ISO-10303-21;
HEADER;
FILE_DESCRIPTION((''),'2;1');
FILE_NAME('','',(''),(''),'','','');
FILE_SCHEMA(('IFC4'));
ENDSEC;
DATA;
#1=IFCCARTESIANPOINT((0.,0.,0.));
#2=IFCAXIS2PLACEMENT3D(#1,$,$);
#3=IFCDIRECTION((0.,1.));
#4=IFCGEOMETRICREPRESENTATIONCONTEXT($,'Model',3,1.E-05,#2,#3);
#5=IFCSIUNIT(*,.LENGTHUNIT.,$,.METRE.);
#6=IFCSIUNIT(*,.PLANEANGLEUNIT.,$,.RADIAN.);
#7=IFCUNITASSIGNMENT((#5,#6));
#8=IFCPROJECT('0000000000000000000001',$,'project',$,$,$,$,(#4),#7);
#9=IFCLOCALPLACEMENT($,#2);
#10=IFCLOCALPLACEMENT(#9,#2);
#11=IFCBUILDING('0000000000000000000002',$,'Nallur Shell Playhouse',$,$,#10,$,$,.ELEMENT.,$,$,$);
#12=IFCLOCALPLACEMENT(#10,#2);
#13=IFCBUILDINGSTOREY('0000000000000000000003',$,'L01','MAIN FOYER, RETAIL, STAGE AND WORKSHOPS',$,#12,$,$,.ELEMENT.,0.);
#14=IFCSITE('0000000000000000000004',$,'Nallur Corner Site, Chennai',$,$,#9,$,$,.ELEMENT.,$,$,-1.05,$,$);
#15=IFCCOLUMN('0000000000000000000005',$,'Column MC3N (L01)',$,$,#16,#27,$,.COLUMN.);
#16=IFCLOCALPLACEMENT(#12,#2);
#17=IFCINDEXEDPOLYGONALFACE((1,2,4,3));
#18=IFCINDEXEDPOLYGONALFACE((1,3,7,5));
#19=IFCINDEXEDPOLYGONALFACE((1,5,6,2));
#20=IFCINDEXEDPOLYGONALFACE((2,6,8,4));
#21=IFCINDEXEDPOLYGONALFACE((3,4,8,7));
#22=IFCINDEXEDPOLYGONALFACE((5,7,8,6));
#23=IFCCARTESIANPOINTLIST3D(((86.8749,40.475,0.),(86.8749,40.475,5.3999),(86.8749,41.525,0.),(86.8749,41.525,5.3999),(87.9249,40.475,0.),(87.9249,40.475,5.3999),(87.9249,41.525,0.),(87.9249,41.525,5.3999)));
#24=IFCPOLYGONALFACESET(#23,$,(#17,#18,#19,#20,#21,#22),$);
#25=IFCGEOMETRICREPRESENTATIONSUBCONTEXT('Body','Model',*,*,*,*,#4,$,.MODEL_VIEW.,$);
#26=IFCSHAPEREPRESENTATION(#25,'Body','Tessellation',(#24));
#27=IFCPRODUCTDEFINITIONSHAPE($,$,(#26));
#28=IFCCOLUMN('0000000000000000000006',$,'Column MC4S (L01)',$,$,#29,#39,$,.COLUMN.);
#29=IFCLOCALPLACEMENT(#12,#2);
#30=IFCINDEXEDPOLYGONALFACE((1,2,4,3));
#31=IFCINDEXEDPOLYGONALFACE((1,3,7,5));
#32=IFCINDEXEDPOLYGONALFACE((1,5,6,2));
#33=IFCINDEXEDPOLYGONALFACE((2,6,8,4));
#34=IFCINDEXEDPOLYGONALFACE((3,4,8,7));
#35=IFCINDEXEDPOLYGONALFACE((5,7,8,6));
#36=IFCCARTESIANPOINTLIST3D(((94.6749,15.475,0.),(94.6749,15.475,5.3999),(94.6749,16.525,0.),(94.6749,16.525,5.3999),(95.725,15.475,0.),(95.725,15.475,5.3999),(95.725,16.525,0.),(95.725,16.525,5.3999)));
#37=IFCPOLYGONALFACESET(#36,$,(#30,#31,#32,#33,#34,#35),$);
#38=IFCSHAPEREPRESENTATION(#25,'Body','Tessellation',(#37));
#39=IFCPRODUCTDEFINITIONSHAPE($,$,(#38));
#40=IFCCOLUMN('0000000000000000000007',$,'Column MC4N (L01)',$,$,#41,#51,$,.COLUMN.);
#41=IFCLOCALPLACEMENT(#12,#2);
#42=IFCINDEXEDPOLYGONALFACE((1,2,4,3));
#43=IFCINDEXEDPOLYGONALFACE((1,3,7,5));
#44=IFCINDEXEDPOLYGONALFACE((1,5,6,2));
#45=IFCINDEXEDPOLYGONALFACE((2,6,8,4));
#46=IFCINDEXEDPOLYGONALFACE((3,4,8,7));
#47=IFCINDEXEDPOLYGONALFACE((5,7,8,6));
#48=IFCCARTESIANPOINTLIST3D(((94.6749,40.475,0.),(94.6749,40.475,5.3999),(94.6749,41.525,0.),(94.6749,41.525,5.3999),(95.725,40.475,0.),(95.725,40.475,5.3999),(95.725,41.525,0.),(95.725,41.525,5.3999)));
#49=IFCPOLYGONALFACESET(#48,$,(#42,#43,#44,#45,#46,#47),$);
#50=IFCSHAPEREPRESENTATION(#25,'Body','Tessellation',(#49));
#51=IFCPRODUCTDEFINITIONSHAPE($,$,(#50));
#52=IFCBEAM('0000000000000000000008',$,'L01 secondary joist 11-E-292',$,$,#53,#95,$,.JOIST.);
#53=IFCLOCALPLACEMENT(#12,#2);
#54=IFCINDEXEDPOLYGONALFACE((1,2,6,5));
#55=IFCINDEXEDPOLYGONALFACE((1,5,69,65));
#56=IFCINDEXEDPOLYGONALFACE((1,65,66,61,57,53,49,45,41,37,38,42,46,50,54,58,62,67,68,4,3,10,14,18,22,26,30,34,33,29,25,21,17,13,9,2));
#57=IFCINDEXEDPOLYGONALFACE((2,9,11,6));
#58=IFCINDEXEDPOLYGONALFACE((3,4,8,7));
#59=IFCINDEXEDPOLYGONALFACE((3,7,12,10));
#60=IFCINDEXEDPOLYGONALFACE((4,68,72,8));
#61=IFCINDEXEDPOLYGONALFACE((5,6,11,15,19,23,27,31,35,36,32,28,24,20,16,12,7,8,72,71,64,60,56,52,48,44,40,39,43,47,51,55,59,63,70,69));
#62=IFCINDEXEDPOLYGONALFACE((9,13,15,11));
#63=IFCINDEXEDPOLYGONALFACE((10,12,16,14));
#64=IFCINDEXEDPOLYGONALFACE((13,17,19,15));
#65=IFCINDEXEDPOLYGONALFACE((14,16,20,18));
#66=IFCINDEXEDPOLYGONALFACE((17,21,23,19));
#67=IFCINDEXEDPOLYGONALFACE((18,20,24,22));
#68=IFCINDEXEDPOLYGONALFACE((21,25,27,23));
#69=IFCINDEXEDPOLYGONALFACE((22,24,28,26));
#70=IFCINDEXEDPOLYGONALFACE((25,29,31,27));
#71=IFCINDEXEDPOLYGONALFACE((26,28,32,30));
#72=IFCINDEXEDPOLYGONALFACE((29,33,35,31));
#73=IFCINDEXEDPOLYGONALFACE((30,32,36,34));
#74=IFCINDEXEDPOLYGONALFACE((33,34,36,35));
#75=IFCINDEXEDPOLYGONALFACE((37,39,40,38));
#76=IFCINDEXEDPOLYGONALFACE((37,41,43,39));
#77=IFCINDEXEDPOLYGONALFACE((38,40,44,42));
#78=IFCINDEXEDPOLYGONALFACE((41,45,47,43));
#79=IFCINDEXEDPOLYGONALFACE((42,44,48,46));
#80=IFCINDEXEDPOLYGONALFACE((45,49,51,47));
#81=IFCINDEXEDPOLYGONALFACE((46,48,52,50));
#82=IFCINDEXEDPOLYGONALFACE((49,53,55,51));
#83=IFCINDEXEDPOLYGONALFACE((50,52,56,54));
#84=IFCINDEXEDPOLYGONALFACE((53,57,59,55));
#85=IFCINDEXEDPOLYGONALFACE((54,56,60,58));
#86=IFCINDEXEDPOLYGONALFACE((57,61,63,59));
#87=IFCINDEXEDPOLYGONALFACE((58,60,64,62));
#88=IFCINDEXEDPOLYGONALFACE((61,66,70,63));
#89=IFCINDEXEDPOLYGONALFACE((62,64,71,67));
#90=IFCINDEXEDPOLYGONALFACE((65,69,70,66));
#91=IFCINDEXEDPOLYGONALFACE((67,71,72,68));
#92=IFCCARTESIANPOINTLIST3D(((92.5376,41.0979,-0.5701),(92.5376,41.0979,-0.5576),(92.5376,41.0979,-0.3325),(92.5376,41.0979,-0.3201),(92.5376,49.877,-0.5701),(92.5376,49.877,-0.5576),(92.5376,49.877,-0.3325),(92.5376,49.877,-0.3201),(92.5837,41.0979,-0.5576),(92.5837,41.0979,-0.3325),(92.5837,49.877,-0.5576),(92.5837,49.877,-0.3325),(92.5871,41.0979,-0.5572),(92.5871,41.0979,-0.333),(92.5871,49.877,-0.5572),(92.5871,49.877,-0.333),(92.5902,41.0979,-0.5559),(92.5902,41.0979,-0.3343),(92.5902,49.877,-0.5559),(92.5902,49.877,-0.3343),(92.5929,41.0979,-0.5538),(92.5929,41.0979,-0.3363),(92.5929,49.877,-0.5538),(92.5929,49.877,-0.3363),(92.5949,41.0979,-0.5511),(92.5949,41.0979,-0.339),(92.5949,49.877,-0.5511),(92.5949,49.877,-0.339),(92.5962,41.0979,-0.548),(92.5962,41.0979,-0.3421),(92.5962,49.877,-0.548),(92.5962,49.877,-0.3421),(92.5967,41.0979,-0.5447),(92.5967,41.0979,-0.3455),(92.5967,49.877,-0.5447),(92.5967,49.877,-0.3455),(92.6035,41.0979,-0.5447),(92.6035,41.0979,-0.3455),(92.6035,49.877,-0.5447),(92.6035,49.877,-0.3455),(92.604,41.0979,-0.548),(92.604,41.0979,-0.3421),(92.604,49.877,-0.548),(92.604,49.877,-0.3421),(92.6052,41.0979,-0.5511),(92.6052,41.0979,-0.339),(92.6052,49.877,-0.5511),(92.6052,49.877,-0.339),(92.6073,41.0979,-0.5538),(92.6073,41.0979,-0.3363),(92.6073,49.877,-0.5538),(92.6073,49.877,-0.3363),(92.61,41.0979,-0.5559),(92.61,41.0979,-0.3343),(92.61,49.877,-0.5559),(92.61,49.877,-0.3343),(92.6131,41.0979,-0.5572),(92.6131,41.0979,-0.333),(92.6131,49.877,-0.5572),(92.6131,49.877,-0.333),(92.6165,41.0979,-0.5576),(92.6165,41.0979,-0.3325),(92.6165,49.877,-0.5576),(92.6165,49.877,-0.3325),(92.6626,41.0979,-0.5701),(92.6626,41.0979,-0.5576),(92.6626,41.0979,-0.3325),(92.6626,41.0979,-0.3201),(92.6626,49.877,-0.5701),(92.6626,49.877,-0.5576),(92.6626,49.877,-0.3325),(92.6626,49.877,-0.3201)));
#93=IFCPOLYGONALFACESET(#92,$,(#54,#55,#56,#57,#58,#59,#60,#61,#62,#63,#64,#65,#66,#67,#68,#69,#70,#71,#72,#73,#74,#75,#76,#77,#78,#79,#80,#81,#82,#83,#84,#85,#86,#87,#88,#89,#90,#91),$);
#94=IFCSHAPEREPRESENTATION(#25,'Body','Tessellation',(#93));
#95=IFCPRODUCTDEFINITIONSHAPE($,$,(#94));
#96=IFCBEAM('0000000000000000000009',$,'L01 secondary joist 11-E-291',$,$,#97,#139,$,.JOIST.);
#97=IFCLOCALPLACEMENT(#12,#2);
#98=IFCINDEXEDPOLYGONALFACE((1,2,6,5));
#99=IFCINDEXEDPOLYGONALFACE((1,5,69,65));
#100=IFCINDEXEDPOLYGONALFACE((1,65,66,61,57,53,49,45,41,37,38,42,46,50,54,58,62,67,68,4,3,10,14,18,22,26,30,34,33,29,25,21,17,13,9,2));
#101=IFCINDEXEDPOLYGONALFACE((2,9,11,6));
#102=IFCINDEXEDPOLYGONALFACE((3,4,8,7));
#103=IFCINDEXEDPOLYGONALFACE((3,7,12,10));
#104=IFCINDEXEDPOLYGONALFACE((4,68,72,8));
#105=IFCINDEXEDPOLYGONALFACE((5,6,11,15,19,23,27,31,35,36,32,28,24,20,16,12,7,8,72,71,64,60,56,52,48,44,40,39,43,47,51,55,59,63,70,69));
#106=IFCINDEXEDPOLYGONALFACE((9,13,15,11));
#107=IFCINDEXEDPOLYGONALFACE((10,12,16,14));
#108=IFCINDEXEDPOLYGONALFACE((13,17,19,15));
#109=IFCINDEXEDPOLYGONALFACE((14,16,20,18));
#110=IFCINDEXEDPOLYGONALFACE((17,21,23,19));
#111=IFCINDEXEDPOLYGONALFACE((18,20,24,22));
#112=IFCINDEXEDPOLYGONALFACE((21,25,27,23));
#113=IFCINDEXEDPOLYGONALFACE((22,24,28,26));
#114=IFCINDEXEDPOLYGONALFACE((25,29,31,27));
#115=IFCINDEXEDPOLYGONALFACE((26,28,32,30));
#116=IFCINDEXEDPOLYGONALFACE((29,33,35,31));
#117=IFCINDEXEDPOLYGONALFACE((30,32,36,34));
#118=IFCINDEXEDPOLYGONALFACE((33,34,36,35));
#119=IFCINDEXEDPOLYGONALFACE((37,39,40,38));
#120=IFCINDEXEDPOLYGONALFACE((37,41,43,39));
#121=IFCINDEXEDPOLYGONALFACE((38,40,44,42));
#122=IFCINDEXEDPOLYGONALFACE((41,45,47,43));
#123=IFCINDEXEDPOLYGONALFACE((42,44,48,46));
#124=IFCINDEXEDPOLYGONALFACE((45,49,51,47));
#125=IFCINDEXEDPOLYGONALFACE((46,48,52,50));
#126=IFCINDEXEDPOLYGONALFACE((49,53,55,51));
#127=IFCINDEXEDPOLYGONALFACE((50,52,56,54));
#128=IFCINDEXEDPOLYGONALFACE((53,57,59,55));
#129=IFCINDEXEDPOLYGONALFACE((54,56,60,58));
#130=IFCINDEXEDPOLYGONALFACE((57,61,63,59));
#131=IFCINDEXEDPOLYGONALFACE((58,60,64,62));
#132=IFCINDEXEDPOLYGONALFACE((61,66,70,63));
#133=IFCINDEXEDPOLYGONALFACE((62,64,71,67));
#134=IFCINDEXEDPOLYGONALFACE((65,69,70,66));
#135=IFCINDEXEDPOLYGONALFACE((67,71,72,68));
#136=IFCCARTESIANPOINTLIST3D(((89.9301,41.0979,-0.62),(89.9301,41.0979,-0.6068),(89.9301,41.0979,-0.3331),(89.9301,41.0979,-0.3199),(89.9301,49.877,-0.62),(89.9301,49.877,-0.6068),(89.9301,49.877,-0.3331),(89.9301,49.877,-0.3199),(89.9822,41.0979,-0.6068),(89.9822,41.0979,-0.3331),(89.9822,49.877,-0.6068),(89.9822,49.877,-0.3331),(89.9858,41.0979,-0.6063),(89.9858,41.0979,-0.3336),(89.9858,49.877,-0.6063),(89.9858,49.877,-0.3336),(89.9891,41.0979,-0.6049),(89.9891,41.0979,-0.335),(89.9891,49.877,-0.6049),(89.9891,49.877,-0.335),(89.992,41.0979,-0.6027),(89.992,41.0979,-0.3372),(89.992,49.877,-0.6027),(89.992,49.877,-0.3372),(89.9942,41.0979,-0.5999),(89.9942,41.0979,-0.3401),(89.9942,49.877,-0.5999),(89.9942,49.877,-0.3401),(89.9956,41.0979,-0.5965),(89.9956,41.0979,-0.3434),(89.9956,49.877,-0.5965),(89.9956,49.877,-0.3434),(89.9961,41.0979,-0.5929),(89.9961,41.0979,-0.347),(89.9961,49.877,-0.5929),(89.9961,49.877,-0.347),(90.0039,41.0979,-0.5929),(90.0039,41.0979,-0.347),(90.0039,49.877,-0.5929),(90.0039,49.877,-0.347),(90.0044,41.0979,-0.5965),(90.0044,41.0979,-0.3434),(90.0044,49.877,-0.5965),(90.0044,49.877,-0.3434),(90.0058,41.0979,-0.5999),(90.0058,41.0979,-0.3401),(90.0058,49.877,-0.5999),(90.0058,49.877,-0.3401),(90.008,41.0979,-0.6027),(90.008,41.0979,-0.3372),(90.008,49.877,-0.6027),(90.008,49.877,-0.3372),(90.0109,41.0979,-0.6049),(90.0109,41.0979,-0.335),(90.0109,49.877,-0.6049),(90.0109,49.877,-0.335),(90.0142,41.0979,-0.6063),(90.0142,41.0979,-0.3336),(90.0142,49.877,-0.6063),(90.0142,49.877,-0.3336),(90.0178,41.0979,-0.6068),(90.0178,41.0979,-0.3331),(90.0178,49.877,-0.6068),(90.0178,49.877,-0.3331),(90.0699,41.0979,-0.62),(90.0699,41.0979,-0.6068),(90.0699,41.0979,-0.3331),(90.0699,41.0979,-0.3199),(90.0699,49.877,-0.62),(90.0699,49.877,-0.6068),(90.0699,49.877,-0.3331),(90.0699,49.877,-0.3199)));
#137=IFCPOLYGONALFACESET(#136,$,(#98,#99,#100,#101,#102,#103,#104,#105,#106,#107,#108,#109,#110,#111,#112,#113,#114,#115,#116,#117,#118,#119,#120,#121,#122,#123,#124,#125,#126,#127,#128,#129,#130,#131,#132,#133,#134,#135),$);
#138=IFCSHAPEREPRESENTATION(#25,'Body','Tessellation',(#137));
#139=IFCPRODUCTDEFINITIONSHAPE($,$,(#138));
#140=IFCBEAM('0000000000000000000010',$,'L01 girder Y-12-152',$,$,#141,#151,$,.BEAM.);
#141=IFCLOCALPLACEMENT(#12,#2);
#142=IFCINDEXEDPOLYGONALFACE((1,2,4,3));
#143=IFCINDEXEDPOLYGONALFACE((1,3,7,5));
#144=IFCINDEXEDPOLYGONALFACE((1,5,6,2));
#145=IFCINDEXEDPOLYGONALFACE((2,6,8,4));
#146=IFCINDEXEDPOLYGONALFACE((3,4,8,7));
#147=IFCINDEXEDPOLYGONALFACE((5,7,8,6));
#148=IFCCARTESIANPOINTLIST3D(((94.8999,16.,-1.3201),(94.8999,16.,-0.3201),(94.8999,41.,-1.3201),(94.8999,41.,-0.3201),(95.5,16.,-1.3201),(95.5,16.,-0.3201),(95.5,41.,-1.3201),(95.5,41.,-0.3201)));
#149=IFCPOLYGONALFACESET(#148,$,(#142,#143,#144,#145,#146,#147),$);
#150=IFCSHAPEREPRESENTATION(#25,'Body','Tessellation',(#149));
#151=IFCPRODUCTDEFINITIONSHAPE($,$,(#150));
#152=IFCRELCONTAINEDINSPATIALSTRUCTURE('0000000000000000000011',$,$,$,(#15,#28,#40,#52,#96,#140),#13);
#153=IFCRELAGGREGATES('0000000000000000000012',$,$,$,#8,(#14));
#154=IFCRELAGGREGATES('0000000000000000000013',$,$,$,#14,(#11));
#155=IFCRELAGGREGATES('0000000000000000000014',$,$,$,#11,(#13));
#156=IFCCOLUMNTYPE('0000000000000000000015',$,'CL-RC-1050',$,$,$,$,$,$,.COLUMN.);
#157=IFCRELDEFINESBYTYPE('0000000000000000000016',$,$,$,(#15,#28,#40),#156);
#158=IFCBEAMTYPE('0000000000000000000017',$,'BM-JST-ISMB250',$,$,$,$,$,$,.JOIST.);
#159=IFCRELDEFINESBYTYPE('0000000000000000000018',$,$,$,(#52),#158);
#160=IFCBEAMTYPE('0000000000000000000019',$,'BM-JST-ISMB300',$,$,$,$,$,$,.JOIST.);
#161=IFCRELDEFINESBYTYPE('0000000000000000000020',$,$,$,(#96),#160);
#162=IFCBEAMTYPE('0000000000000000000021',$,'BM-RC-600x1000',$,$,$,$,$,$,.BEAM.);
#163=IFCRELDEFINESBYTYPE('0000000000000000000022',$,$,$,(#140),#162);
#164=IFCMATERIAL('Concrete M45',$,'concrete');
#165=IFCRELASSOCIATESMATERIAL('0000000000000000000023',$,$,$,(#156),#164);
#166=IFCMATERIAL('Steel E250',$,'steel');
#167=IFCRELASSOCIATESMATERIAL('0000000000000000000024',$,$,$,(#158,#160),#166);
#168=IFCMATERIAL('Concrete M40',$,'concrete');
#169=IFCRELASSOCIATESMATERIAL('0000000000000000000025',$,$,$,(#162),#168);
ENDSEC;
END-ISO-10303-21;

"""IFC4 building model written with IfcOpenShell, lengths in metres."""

from ifc_helpers import new_model, si_unit, direction, frame, origin, origin_2d, place, context, subcontext, project, spatial, rectangle, i_section, extrude, material, material_profile, profile_set, type_object, element, save


model = new_model("IFC4")

# Units and contexts
model_context = context("Model", 3, precision=1e-05, world=origin(), true_north=direction((0.0, 1.0)))
body_context = subcontext(model_context, "Body", "Model", "MODEL_VIEW")
ifc_project = project(units=[si_unit("LENGTHUNIT", "METRE"), si_unit("PLANEANGLEUNIT", "RADIAN")], contexts=[model_context])

# Site, building, storey
site_placement = place(None, origin())
site = spatial("IfcSite", under=ifc_project, at=site_placement, Name="Nallur Corner Site, Chennai", CompositionType="ELEMENT", RefElevation=-1.05)
building_placement = place(site_placement, origin())
building = spatial("IfcBuilding", under=site, at=building_placement, Name="Nallur Shell Playhouse", CompositionType="ELEMENT")
storey_placement = place(building_placement, origin())
storey = spatial("IfcBuildingStorey", under=building, at=storey_placement, Name="L01", Description="MAIN FOYER, RETAIL, STAGE AND WORKSHOPS", CompositionType="ELEMENT", Elevation=0.0)

# Columns
ifc_material_1 = material(Name="Concrete M45", Category="concrete")
ifc_material_profile_1 = material_profile(ifc_material_1, rectangle(XDim=1.05, YDim=1.05, at=origin_2d()), Name="RC 1050x1050")
ifc_profile_set_1 = profile_set([ifc_material_profile_1], Name="Concrete M45")
column_type = type_object("IfcColumnType", Name="CL-RC-1050", PredefinedType="COLUMN", material=ifc_profile_set_1)
for number, where, z_axis, x_axis, name in (
    (1, (87.3999, 41.0, 0.0), (0.0, 0.0, 1.0), (1.0, 0.0, 0.0), "Column MC3N (L01)"),
    (2, (95.2, 16.0, 0.0), (0.0, 0.0, 1.0), (1.0, 0.0, 0.0), "Column MC4S (L01)"),
    (3, (95.2, 41.0, 0.0), (0.0, 0.0, 1.0), (1.0, 0.0, 0.0), "Column MC4N (L01)"),
):
    element("IfcColumn", number, at=place(storey_placement, frame(where, z_axis=z_axis, x_axis=x_axis)), inside=storey, type_object=column_type, Name=name, PredefinedType="COLUMN", context=body_context, shape_type="SweptSolid", body=[
        extrude(rectangle(XDim=1.05, YDim=1.05, at=origin_2d()), origin(), (0.0, 0.0, 1.0), 5.3999),
    ])

# Beams
ifc_material_2 = material(Name="Steel E250", Category="steel")
ifc_material_profile_2 = material_profile(ifc_material_2, i_section(OverallWidth=0.125, OverallDepth=0.25, WebThickness=0.0068, FlangeThickness=0.0125, FilletRadius=0.0129, at=origin_2d()), Name="ISMB 250")
ifc_profile_set_2 = profile_set([ifc_material_profile_2], Name="Steel E250")
beam_type_1 = type_object("IfcBeamType", Name="BM-JST-ISMB250", PredefinedType="JOIST", material=ifc_profile_set_2)
beam_1_placement = place(storey_placement, frame((92.6001, 41.0979, -0.4451), z_axis=(0.0, 1.0, 0.0), x_axis=(-1.0, 0.0, 0.0)))
element("IfcBeam", 4, at=beam_1_placement, inside=storey, type_object=beam_type_1, Name="L01 secondary joist 11-E-292", PredefinedType="JOIST", context=body_context, shape_type="SweptSolid", body=[
    extrude(i_section(OverallWidth=0.125, OverallDepth=0.25, WebThickness=0.0068, FlangeThickness=0.0125, FilletRadius=0.0129, at=origin_2d()), origin(), (0.0, 0.0, 1.0), 8.7791),
])
ifc_material_profile_3 = material_profile(ifc_material_2, i_section(OverallWidth=0.1399, OverallDepth=0.3, WebThickness=0.0078, FlangeThickness=0.0132, FilletRadius=0.0139, at=origin_2d()), Name="ISMB 300")
ifc_profile_set_3 = profile_set([ifc_material_profile_3], Name="Steel E250")
beam_type_2 = type_object("IfcBeamType", Name="BM-JST-ISMB300", PredefinedType="JOIST", material=ifc_profile_set_3)
beam_2_placement = place(storey_placement, frame((90.0, 41.0979, -0.47), z_axis=(0.0, 1.0, 0.0), x_axis=(-1.0, 0.0, 0.0)))
element("IfcBeam", 5, at=beam_2_placement, inside=storey, type_object=beam_type_2, Name="L01 secondary joist 11-E-291", PredefinedType="JOIST", context=body_context, shape_type="SweptSolid", body=[
    extrude(i_section(OverallWidth=0.1399, OverallDepth=0.3, WebThickness=0.0078, FlangeThickness=0.0132, FilletRadius=0.0139, at=origin_2d()), origin(), (0.0, 0.0, 1.0), 8.7791),
])
ifc_material_3 = material(Name="Concrete M40", Category="concrete")
ifc_material_profile_4 = material_profile(ifc_material_3, rectangle(XDim=0.6001, YDim=1.0, at=origin_2d()), Name="RC 600x1000")
ifc_profile_set_4 = profile_set([ifc_material_profile_4], Name="Concrete M40")
beam_type_3 = type_object("IfcBeamType", Name="BM-RC-600x1000", PredefinedType="BEAM", material=ifc_profile_set_4)
beam_3_placement = place(storey_placement, frame((95.2, 16.0, -0.8201), z_axis=(0.0, 1.0, 0.0), x_axis=(-1.0, 0.0, 0.0)))
element("IfcBeam", 6, at=beam_3_placement, inside=storey, type_object=beam_type_3, Name="L01 girder Y-12-152", PredefinedType="BEAM", context=body_context, shape_type="SweptSolid", body=[
    extrude(rectangle(XDim=0.6001, YDim=1.0, at=origin_2d()), origin(), (0.0, 0.0, 1.0), 25.0),
])

save(model, "model.ifc")
